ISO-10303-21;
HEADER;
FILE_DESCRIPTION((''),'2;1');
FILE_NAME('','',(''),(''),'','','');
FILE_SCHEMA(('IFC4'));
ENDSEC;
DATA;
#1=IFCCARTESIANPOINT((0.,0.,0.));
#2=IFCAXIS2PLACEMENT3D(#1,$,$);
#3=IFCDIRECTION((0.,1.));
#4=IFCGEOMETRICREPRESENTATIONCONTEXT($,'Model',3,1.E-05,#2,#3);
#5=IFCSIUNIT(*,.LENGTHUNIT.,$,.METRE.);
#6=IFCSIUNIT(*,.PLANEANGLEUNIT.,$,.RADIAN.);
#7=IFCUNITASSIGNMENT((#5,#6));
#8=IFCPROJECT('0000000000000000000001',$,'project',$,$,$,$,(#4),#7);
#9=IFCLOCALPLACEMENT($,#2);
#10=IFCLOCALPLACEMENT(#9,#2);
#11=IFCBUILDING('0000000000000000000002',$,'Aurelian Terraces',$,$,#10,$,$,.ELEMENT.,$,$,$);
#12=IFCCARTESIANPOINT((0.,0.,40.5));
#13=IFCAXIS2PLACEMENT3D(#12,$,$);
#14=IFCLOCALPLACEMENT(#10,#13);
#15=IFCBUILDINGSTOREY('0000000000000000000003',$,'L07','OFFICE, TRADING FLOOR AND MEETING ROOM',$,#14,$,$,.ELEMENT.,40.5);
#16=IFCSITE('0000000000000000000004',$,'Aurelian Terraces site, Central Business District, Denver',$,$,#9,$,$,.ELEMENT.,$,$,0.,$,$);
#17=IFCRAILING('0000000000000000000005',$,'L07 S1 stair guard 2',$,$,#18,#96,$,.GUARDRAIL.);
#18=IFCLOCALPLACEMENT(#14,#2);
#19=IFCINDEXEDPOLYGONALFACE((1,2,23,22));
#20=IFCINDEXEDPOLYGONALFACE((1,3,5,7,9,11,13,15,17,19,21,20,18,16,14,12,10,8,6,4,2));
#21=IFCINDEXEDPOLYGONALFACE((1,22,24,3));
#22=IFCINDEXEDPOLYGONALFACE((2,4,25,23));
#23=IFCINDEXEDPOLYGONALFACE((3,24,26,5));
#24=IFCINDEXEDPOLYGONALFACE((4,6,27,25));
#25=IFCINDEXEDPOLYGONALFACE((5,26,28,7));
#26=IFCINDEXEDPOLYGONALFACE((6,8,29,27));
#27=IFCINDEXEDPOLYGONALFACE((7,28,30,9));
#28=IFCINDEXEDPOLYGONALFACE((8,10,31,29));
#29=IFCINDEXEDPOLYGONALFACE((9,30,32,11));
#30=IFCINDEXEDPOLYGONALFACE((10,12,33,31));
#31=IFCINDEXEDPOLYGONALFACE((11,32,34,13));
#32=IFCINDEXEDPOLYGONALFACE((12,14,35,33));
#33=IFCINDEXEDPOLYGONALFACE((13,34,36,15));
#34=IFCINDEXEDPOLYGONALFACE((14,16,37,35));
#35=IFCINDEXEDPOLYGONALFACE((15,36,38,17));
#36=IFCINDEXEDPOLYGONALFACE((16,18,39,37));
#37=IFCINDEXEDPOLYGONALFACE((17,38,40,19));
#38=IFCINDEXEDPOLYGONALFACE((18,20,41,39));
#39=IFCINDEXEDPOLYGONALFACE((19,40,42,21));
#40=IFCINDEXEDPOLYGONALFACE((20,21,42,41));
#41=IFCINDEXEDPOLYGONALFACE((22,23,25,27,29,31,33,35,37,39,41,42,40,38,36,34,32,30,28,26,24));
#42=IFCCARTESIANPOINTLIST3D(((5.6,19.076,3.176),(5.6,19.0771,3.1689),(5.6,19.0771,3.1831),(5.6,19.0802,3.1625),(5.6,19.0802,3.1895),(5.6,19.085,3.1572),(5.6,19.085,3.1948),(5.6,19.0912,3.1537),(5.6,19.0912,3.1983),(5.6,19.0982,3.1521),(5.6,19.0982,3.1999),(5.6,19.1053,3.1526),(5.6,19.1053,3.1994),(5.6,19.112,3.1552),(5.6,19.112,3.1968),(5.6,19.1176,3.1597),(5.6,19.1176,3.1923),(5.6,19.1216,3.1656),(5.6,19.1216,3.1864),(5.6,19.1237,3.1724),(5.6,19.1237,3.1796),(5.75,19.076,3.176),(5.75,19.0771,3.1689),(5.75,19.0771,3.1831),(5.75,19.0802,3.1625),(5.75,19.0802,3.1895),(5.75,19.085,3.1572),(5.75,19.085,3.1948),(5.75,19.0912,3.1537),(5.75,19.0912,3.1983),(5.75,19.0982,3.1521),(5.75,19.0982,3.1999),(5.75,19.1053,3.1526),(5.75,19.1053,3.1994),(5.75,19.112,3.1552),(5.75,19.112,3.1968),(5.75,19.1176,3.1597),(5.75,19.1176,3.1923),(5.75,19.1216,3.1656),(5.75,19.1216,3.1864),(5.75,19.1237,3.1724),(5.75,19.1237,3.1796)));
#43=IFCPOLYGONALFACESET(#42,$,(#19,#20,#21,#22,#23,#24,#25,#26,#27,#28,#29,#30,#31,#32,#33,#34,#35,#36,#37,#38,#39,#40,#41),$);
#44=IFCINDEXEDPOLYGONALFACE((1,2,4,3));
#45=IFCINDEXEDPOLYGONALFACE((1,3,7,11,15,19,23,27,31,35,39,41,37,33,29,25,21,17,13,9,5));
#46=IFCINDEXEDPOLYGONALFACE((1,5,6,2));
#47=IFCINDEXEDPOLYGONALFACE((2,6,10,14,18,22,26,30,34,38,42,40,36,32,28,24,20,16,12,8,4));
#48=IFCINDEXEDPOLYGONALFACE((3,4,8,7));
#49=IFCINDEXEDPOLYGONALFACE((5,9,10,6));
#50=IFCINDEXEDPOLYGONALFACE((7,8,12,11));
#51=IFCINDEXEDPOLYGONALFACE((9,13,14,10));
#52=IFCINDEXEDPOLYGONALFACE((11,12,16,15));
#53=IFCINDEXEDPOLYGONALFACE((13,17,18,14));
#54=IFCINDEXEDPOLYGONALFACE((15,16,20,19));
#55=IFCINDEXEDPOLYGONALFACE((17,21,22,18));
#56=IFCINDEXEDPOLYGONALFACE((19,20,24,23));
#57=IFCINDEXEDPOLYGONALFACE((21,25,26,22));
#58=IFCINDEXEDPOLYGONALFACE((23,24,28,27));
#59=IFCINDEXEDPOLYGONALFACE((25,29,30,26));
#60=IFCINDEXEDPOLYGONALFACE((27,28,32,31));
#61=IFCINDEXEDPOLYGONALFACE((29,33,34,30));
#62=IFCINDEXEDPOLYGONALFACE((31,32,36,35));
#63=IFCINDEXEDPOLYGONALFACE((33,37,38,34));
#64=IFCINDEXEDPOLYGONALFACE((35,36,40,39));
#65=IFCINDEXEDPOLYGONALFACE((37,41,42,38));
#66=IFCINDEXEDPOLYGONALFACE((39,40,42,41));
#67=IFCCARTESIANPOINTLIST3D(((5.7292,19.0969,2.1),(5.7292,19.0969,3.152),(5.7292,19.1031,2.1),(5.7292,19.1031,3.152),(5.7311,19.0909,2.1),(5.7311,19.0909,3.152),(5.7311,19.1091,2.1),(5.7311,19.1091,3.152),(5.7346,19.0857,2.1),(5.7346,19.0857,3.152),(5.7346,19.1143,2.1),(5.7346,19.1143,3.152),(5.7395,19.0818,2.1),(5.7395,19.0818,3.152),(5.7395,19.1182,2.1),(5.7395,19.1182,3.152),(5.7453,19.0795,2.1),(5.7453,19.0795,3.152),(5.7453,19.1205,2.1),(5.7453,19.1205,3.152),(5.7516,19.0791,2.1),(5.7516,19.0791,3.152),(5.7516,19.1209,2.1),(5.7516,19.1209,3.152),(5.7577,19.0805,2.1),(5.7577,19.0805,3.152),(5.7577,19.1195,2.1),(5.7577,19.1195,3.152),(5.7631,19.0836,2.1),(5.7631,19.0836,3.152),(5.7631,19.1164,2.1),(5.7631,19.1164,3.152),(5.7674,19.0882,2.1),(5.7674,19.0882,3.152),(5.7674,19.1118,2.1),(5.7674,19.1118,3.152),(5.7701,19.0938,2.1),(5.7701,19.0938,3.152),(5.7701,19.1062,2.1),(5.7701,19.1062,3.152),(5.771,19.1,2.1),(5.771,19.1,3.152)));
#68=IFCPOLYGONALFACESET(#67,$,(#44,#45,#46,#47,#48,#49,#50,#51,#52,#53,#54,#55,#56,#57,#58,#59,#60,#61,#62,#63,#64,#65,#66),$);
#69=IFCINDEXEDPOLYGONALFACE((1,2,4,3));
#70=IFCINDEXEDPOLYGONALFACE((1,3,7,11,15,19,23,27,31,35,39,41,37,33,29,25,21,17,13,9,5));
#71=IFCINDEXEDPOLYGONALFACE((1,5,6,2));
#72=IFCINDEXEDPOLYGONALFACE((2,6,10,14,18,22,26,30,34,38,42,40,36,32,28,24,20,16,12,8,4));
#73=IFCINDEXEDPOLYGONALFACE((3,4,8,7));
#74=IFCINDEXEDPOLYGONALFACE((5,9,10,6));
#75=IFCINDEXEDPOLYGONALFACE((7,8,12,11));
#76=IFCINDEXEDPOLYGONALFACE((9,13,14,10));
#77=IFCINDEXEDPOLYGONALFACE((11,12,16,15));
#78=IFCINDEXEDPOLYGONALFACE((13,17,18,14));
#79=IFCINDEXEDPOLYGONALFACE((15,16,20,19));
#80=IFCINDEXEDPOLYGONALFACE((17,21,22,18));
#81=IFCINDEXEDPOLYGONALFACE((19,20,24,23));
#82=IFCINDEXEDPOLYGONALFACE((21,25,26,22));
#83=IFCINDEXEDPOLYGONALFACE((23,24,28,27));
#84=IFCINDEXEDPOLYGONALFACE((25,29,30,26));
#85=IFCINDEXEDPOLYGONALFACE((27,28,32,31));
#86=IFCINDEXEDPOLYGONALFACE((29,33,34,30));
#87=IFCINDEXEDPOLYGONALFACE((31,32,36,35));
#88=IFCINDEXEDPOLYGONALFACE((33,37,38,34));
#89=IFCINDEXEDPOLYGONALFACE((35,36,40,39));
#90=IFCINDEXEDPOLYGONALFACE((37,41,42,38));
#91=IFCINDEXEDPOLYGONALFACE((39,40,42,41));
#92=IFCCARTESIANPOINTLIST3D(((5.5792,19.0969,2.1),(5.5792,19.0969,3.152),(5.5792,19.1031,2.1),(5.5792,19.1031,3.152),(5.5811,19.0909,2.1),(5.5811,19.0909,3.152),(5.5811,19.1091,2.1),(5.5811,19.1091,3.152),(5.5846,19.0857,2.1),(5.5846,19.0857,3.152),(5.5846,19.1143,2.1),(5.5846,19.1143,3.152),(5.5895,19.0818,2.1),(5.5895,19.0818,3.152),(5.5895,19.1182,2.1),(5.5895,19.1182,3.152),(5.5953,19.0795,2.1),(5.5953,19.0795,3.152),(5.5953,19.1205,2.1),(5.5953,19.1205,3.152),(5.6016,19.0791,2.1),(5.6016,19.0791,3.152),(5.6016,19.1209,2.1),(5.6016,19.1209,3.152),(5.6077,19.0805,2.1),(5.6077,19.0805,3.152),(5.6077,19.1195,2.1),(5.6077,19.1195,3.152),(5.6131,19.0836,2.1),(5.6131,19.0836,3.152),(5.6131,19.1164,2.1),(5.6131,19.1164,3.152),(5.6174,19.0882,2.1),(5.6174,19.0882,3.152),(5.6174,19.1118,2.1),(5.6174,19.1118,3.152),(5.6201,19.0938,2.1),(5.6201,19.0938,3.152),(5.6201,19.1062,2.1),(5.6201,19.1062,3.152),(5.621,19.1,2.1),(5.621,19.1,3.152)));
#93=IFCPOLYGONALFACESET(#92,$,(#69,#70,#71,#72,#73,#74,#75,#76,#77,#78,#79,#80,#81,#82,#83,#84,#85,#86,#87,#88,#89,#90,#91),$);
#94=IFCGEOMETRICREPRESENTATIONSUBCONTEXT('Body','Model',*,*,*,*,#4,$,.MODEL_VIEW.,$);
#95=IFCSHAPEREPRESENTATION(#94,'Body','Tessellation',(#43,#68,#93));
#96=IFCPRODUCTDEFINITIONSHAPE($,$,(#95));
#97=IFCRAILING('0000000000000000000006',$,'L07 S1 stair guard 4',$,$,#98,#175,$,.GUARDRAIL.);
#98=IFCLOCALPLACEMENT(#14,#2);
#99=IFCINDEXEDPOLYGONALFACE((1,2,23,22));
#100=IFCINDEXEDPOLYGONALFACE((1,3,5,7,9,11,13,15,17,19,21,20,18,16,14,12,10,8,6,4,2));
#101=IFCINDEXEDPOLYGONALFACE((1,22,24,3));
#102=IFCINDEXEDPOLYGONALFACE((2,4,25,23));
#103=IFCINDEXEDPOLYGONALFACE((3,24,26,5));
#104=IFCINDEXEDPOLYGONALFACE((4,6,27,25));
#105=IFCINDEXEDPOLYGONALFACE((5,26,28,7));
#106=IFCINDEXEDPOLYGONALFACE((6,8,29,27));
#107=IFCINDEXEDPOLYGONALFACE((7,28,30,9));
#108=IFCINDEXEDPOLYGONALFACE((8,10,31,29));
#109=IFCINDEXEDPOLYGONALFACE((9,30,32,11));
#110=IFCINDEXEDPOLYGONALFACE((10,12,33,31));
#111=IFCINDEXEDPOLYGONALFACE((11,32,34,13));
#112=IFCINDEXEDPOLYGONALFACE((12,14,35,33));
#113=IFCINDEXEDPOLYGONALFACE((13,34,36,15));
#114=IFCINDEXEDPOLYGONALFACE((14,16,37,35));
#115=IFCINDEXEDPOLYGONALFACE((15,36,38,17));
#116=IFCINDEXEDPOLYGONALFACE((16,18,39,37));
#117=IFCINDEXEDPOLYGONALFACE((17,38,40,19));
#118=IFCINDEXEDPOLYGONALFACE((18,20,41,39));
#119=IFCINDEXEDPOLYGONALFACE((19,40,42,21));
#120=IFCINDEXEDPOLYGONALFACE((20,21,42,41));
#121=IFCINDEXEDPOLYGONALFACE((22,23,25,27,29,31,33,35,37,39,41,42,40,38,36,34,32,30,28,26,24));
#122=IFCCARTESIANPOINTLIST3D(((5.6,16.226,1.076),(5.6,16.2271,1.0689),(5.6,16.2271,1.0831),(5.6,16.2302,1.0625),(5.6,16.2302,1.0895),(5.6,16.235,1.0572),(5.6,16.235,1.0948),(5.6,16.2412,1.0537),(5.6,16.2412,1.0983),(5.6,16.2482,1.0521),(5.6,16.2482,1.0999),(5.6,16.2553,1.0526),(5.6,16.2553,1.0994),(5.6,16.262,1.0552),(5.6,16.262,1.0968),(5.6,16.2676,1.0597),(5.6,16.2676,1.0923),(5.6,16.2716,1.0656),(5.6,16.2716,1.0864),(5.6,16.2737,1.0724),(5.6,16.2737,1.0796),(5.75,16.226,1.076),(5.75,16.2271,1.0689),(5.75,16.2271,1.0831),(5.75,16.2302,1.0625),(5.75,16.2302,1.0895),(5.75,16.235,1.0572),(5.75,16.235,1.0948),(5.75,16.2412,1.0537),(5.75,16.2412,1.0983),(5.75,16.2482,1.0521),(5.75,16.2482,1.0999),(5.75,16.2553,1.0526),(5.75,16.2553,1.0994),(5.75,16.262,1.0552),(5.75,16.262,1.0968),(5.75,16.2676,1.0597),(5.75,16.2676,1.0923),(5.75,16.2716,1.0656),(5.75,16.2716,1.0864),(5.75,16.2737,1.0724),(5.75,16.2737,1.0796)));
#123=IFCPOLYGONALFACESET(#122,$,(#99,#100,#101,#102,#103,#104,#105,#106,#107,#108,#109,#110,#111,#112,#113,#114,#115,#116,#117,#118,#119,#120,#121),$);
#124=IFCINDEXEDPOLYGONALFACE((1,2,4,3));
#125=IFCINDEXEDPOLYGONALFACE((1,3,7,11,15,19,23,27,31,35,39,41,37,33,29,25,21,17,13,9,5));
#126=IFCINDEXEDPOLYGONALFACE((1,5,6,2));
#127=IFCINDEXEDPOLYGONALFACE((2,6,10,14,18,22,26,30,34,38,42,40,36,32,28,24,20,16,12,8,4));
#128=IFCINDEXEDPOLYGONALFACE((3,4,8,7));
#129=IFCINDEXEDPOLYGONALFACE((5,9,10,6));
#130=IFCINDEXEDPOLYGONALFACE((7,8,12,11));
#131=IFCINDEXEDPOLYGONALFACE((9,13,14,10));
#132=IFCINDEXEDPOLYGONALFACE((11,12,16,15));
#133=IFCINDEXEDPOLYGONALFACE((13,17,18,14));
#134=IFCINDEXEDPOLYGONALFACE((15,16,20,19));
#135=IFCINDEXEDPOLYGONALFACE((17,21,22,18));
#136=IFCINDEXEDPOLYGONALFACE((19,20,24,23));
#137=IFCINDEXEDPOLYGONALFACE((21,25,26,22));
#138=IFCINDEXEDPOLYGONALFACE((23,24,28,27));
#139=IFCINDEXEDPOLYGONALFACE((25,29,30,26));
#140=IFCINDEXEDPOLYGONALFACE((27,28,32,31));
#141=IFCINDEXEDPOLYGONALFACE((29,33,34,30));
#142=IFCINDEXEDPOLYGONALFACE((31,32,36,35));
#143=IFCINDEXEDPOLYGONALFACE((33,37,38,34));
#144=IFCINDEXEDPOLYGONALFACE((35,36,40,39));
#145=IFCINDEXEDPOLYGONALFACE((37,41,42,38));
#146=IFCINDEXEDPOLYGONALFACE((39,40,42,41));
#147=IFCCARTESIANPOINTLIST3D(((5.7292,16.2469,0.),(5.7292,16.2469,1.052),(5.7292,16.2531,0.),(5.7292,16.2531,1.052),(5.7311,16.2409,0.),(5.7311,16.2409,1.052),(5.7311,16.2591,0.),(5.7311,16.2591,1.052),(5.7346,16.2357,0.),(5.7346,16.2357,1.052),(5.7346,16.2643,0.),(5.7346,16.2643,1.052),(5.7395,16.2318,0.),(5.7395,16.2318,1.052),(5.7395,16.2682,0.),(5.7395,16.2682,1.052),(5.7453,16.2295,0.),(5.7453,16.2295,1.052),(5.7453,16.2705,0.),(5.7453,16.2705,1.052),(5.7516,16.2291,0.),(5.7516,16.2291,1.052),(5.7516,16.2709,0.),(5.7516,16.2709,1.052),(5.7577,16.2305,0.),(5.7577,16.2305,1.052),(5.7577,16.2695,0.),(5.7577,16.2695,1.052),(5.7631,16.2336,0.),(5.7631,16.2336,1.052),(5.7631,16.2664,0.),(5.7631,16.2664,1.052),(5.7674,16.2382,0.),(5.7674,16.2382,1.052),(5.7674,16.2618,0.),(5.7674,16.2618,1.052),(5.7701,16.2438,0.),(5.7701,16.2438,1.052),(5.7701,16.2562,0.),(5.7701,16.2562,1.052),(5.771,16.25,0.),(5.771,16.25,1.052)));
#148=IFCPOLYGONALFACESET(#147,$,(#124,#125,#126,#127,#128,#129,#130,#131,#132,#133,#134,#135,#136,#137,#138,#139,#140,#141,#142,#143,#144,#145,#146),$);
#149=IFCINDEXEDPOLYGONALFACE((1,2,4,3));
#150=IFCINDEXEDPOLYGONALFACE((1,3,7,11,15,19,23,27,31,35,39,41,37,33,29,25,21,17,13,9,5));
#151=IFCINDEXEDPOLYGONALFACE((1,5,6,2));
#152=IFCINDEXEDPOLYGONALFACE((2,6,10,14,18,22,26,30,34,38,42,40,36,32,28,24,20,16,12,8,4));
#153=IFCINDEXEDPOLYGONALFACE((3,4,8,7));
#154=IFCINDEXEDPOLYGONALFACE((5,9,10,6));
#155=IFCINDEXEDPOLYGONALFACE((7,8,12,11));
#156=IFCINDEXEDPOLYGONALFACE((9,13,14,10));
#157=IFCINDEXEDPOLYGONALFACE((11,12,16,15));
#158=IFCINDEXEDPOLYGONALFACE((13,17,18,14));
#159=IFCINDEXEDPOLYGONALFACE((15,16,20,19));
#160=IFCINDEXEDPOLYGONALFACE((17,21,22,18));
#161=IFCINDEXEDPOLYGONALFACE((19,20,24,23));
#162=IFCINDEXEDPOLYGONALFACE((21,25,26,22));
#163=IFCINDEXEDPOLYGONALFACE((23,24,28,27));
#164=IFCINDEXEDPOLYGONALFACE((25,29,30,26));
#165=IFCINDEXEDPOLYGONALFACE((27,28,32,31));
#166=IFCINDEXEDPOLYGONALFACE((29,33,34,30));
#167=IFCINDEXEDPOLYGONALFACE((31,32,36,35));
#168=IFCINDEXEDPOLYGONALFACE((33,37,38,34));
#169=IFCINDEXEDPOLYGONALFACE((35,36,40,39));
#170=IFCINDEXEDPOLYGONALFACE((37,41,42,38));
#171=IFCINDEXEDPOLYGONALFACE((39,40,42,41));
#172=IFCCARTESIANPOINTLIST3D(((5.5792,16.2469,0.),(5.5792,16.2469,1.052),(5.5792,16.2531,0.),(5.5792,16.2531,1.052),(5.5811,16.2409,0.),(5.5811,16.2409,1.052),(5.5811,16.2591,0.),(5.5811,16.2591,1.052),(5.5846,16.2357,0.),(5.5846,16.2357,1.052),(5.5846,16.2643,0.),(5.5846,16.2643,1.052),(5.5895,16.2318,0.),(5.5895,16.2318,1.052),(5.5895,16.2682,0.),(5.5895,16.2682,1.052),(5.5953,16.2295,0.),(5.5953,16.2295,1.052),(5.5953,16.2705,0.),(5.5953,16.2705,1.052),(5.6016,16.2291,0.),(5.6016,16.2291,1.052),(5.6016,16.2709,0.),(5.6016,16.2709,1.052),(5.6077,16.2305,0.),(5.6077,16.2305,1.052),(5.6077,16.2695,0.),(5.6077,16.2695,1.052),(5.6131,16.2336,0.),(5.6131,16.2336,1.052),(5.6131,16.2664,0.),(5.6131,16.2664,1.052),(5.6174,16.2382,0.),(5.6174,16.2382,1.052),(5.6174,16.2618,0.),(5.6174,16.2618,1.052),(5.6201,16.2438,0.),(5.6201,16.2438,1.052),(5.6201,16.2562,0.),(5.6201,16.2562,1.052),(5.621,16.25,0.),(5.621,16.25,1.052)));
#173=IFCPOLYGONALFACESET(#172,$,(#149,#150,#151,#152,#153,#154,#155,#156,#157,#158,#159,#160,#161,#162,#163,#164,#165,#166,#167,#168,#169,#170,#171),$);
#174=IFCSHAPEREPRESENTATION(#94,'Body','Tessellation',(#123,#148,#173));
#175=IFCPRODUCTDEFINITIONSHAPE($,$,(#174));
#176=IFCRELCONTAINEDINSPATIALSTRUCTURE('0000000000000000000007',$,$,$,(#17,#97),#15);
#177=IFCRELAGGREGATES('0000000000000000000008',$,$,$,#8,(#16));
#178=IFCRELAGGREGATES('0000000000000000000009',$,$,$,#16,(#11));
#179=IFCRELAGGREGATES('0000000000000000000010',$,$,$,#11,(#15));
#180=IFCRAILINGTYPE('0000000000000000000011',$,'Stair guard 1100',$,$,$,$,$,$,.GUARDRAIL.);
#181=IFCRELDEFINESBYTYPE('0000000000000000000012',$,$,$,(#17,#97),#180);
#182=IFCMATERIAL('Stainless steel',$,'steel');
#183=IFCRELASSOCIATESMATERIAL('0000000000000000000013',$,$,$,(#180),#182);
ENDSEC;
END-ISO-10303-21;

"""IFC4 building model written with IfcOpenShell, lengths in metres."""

from ifc_helpers import new_model, si_unit, direction, frame, origin, origin_2d, place, context, subcontext, project, spatial, circle, extrude, source, transform, mapped, material, type_object, element, save


model = new_model("IFC4")

# Units and contexts
model_context = context("Model", 3, precision=1e-05, world=origin(), true_north=direction((0.0, 1.0)))
body_context = subcontext(model_context, "Body", "Model", "MODEL_VIEW")
ifc_project = project(units=[si_unit("LENGTHUNIT", "METRE"), si_unit("PLANEANGLEUNIT", "RADIAN")], contexts=[model_context])

# Site, building, storey
site_placement = place(None, origin())
site = spatial("IfcSite", under=ifc_project, at=site_placement, Name="Aurelian Terraces site, Central Business District, Denver", CompositionType="ELEMENT", RefElevation=0.0)
building_placement = place(site_placement, origin())
building = spatial("IfcBuilding", under=site, at=building_placement, Name="Aurelian Terraces", CompositionType="ELEMENT")
storey_placement = place(building_placement, frame((0.0, 0.0, 40.5)))
storey = spatial("IfcBuildingStorey", under=building, at=storey_placement, Name="L07", Description="OFFICE, TRADING FLOOR AND MEETING ROOM", CompositionType="ELEMENT", Elevation=40.5)

# Railings
ifc_material_1 = material(Name="Stainless steel", Category="steel")
railing_type_1 = type_object("IfcRailingType", Name="Stair guard 1100", PredefinedType="GUARDRAIL", material=ifc_material_1)
shared_shape_1 = source(origin(), body_context, "Body", "SweptSolid", [
    extrude(circle(Radius=0.024, at=origin_2d()), frame((0.0, 0.0, 1.076), z_axis=(-1.0, 0.0, 0.0), x_axis=(0.0, -1.0, 0.0)), (0.0, 0.0, 1.0), 0.15),
    extrude(circle(Radius=0.021, at=origin_2d()), origin(), (0.0, 0.0, 1.0), 1.052),
    extrude(circle(Radius=0.021, at=origin_2d()), frame((-0.15, 0.0, 0.0)), (0.0, 0.0, 1.0), 1.052),
])
for number, where, name in (
    (1, (5.75, 19.1, 2.1), "L07 S1 stair guard 2"),
    (2, (5.75, 16.25, 0.0), "L07 S1 stair guard 4"),
):
    element("IfcRailing", number, at=place(storey_placement, frame(where)), inside=storey, type_object=railing_type_1, Name=name, PredefinedType="GUARDRAIL", context=body_context, shape_type="MappedRepresentation", body=[
        mapped(shared_shape_1, transform((0.0, 0.0, 0.0), scale=1.0)),
    ])

save(model, "model.ifc")
